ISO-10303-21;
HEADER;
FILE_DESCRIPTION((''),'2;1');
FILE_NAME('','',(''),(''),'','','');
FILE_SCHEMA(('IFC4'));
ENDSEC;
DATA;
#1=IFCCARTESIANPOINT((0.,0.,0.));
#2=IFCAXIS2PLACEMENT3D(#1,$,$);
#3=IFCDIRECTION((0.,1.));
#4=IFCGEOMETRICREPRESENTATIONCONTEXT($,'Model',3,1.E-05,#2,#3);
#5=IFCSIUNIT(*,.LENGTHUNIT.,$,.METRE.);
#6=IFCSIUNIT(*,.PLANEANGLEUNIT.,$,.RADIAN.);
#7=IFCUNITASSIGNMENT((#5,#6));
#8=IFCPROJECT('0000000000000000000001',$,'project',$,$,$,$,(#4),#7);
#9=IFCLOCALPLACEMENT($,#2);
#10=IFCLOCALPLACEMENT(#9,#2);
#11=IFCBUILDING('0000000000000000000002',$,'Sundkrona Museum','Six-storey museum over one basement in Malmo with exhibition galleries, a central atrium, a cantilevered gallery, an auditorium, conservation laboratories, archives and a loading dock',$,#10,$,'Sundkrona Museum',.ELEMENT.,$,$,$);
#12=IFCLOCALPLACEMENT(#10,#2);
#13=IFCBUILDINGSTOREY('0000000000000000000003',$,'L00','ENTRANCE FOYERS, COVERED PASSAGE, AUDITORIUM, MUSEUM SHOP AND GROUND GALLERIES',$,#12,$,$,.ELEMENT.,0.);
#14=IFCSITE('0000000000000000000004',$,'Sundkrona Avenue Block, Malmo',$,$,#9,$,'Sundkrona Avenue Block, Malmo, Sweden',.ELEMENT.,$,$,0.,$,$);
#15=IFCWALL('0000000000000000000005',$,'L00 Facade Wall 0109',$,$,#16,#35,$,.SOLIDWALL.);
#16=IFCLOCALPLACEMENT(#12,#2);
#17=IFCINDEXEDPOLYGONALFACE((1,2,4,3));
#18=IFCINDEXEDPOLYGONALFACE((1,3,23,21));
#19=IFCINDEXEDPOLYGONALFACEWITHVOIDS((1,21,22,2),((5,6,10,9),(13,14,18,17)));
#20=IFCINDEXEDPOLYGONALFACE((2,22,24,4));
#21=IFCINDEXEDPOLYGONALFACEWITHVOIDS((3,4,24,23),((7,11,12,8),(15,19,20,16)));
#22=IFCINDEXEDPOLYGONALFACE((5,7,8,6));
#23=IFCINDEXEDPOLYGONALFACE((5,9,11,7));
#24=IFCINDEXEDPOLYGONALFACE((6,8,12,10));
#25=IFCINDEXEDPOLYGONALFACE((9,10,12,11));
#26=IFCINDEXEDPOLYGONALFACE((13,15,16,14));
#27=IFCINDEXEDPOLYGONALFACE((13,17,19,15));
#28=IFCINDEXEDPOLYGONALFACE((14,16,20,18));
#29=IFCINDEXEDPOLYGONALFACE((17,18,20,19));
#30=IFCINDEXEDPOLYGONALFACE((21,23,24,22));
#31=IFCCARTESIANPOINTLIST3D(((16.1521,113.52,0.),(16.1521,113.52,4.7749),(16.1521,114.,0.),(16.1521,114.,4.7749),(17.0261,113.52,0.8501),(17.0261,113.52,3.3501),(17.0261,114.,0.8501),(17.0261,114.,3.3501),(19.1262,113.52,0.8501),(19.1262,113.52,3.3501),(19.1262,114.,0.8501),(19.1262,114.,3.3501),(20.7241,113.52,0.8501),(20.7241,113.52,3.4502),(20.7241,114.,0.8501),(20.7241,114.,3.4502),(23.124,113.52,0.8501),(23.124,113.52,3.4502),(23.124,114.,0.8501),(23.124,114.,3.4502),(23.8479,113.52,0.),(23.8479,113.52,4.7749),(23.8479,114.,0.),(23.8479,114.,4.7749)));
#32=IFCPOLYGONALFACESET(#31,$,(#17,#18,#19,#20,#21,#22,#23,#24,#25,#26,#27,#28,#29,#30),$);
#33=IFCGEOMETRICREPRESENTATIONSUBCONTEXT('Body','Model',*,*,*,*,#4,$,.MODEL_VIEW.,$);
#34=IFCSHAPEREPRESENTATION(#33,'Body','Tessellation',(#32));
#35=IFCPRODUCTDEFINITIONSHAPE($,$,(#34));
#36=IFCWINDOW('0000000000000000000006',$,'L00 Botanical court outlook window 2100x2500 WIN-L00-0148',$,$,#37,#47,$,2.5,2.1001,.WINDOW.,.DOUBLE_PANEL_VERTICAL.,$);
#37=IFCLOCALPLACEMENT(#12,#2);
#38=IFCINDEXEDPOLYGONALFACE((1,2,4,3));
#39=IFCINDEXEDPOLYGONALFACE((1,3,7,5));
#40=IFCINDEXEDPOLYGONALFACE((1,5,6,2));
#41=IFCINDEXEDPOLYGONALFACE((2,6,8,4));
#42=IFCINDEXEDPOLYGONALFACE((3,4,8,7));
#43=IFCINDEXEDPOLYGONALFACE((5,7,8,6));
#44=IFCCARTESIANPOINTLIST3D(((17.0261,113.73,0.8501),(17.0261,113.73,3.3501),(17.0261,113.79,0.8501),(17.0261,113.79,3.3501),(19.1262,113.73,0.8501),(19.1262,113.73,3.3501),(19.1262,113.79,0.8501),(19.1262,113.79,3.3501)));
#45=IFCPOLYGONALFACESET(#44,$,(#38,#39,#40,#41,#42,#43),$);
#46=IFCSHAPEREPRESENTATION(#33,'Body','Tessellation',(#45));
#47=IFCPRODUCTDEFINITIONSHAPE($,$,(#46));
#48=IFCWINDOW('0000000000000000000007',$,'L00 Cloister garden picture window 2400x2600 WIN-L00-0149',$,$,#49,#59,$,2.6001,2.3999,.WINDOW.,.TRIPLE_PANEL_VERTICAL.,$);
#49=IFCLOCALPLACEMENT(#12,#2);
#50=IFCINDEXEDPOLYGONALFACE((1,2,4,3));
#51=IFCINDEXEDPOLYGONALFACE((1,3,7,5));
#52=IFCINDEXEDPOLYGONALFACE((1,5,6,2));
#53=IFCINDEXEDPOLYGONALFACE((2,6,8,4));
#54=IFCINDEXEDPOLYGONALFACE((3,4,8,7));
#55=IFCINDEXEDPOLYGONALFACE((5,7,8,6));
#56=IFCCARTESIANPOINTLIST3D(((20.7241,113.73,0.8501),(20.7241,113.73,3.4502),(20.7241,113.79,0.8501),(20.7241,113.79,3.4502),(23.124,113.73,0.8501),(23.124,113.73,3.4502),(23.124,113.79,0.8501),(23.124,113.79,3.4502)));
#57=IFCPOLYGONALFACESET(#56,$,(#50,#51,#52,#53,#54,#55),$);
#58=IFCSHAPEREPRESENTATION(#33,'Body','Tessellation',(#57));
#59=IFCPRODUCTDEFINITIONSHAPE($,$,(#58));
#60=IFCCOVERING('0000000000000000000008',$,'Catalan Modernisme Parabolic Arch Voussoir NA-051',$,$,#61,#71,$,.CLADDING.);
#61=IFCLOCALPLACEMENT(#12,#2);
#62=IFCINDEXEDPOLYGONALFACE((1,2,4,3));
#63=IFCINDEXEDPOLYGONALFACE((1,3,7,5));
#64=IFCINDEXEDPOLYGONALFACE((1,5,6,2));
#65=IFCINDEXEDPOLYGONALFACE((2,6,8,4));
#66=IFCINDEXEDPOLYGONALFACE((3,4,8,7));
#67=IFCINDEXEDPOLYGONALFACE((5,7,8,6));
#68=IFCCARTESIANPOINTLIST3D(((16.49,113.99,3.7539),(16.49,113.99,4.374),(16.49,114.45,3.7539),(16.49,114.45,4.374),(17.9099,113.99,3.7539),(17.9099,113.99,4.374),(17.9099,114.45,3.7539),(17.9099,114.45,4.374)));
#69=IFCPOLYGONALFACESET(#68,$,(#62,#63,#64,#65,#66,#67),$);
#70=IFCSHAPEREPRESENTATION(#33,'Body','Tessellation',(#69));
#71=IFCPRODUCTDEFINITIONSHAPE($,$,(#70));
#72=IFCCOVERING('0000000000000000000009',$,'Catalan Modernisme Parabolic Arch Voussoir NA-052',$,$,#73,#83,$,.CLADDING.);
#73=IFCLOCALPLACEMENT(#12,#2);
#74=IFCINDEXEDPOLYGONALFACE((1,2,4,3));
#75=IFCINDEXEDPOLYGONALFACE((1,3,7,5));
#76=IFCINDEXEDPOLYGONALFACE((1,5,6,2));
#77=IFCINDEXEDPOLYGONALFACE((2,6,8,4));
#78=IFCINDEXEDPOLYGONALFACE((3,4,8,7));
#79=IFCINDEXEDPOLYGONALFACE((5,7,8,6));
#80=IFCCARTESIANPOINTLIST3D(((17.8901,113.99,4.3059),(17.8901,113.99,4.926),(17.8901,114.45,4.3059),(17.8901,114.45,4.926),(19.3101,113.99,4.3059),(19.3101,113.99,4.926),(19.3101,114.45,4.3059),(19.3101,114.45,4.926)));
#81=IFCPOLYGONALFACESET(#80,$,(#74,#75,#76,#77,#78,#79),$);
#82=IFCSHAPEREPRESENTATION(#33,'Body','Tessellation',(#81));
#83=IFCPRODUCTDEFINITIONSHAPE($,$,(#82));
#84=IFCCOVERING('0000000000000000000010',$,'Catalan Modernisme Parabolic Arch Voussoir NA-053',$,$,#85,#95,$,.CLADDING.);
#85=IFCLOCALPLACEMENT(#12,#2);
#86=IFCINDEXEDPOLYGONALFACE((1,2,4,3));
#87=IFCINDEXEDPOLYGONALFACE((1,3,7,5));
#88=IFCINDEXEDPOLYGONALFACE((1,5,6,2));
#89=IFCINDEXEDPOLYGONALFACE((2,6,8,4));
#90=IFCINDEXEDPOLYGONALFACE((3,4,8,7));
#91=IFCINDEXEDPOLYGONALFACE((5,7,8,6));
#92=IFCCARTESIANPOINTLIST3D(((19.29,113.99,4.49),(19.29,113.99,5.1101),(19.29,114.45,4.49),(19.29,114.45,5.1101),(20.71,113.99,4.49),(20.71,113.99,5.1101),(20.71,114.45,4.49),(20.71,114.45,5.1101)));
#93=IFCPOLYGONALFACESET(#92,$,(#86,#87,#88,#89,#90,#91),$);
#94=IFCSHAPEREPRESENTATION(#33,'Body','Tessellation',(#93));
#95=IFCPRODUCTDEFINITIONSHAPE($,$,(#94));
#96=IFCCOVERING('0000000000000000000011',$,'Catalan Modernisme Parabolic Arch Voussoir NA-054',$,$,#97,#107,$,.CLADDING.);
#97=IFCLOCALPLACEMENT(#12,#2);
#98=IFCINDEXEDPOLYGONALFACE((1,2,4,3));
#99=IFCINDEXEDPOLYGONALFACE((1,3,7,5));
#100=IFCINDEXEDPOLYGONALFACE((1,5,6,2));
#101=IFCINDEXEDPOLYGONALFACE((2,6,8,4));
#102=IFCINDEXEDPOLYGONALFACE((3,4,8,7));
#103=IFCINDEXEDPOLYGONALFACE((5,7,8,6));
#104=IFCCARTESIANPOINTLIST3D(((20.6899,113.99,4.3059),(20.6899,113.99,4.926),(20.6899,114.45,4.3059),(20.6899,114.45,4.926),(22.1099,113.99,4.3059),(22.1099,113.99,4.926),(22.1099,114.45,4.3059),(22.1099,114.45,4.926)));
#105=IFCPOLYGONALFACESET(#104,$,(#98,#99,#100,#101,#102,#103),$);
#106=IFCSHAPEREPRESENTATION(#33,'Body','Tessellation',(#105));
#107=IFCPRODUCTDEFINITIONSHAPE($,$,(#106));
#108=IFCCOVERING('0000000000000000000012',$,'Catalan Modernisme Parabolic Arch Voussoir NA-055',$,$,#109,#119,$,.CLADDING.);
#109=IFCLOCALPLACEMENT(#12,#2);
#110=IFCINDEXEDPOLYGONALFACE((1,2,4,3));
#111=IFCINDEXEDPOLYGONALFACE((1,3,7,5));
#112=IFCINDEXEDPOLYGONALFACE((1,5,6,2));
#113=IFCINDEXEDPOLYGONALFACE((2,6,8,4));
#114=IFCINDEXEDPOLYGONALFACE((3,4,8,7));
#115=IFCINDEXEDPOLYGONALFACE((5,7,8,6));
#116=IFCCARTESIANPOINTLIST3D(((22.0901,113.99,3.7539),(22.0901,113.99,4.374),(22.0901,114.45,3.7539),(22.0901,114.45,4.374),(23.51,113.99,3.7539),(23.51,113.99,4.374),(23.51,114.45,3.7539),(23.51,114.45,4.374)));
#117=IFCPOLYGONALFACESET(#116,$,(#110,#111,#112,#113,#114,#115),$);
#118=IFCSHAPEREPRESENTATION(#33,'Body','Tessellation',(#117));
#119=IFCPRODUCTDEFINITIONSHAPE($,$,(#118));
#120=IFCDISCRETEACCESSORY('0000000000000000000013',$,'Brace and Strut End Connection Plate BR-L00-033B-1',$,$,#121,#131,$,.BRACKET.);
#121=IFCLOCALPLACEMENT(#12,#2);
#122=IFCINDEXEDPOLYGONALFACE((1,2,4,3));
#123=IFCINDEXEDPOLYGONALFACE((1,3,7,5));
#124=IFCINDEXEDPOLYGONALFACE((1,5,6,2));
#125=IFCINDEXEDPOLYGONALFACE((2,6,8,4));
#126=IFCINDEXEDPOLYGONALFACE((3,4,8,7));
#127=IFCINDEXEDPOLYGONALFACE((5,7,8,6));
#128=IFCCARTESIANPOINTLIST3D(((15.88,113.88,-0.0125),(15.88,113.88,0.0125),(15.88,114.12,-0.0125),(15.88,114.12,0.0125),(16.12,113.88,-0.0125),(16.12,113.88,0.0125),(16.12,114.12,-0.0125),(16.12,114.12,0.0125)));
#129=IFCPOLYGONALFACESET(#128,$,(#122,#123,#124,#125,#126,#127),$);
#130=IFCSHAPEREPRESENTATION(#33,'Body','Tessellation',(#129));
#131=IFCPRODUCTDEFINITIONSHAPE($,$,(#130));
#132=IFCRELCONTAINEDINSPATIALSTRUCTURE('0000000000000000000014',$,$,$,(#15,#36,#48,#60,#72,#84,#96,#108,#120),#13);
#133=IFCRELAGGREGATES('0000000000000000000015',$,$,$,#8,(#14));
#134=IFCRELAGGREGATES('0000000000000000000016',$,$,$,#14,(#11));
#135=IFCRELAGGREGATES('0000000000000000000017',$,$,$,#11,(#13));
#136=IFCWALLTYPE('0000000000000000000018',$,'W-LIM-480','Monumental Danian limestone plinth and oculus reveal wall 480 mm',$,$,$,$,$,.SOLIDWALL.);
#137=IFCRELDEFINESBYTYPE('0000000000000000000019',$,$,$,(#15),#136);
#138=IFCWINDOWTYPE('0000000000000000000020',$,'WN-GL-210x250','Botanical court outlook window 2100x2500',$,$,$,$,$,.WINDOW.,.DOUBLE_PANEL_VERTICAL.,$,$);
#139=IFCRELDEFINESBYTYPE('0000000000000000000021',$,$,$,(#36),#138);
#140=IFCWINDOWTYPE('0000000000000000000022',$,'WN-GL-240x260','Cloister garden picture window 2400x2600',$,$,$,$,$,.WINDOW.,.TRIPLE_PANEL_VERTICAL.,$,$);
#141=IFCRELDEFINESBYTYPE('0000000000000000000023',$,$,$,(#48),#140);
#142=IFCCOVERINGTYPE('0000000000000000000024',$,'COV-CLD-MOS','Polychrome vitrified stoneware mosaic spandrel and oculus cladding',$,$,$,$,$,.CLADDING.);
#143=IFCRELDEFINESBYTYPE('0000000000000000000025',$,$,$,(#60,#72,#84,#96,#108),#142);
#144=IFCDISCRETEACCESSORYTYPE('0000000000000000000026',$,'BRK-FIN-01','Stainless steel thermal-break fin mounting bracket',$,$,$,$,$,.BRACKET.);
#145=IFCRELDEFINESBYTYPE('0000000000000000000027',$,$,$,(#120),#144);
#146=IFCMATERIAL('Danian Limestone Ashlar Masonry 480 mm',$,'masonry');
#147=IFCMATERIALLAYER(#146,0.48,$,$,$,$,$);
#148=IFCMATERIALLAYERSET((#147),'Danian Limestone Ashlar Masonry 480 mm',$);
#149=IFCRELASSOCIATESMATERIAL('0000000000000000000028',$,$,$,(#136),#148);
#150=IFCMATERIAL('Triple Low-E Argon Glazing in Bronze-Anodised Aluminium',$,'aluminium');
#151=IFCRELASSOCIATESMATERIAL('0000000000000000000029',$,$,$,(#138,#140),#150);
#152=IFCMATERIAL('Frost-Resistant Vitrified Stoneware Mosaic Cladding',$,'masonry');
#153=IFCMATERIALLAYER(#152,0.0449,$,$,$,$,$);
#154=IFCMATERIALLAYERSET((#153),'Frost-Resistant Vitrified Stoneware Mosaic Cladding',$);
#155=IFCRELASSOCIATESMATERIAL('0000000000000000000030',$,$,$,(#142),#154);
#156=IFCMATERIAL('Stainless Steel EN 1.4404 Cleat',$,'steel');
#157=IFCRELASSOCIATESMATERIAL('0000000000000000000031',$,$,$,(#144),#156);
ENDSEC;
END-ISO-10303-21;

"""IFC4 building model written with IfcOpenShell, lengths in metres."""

from ifc_helpers import new_model, si_unit, direction, frame, frame_2d, origin, origin_2d, place, context, subcontext, project, spatial, rectangle, extrude, material, layer, layer_set, type_object, element, fill, save


model = new_model("IFC4")

# Units and contexts
model_context = context("Model", 3, precision=1e-05, world=origin(), true_north=direction((0.0, 1.0)))
body_context = subcontext(model_context, "Body", "Model", "MODEL_VIEW")
ifc_project = project(units=[si_unit("LENGTHUNIT", "METRE"), si_unit("PLANEANGLEUNIT", "RADIAN")], contexts=[model_context])

# Site, building, storey
site_placement = place(None, origin())
site = spatial("IfcSite", under=ifc_project, at=site_placement, Name="Sundkrona Avenue Block, Malmo", LongName="Sundkrona Avenue Block, Malmo, Sweden", CompositionType="ELEMENT", RefElevation=0.0)
building_placement = place(site_placement, origin())
building = spatial("IfcBuilding", under=site, at=building_placement, Name="Sundkrona Museum", Description="Six-storey museum over one basement in Malmo with exhibition galleries, a central atrium, a cantilevered gallery, an auditorium, conservation laboratories, archives and a loading dock", LongName="Sundkrona Museum", CompositionType="ELEMENT")
storey_placement = place(building_placement, origin())
storey = spatial("IfcBuildingStorey", under=building, at=storey_placement, Name="L00", Description="ENTRANCE FOYERS, COVERED PASSAGE, AUDITORIUM, MUSEUM SHOP AND GROUND GALLERIES", CompositionType="ELEMENT", Elevation=0.0)

# Wall, openings, windows
ifc_material_1 = material(Name="Danian Limestone Ashlar Masonry 480 mm", Category="masonry")
ifc_layer_1 = layer(ifc_material_1, 0.48)
ifc_layer_set_1 = layer_set([ifc_layer_1], Name="Danian Limestone Ashlar Masonry 480 mm")
wall_type = type_object("IfcWallType", Name="W-LIM-480", Description="Monumental Danian limestone plinth and oculus reveal wall 480 mm", PredefinedType="SOLIDWALL", material=ifc_layer_set_1)
wall_placement = place(storey_placement, frame((16.1521, 113.76, 0.0), z_axis=(0.0, 0.0, 1.0), x_axis=(1.0, 0.0, 0.0)))
wall = element("IfcWall", 1, at=wall_placement, inside=storey, type_object=wall_type, Name="L00 Facade Wall 0109", PredefinedType="SOLIDWALL", context=body_context, shape_type="SweptSolid", body=[
    extrude(rectangle(XDim=7.6958, YDim=0.48, at=frame_2d((3.8479, 0.0))), origin(), (0.0, 0.0, 1.0), 4.7749),
])
opening_1_placement = place(wall_placement, frame((0.874, 0.0, 0.8501)))
opening_1 = element("IfcOpeningElement", 2, at=opening_1_placement, cuts=wall, PredefinedType="OPENING", context=body_context, shape_type="SweptSolid", body=[
    extrude(rectangle(XDim=2.1001, YDim=2.5, at=frame_2d((1.05, 1.25))), frame((0.0, 0.25, 0.0), z_axis=(0.0, -1.0, 0.0), x_axis=(1.0, 0.0, 0.0)), (0.0, 0.0, 1.0), 0.5),
])
opening_2_placement = place(wall_placement, frame((4.572, 0.0, 0.8501)))
opening_2 = element("IfcOpeningElement", 3, at=opening_2_placement, cuts=wall, PredefinedType="OPENING", context=body_context, shape_type="SweptSolid", body=[
    extrude(rectangle(XDim=2.3999, YDim=2.6001, at=frame_2d((1.2, 1.3))), frame((0.0, 0.25, 0.0), z_axis=(0.0, -1.0, 0.0), x_axis=(1.0, 0.0, 0.0)), (0.0, 0.0, 1.0), 0.5),
])
ifc_material_2 = material(Name="Triple Low-E Argon Glazing in Bronze-Anodised Aluminium", Category="aluminium")
window_type_1 = type_object("IfcWindowType", Name="WN-GL-210x250", Description="Botanical court outlook window 2100x2500", PartitioningType="DOUBLE_PANEL_VERTICAL", PredefinedType="WINDOW", material=ifc_material_2)
window_1_placement = place(opening_1_placement, origin())
window_1 = element("IfcWindow", 4, at=window_1_placement, inside=storey, type_object=window_type_1, Name="L00 Botanical court outlook window 2100x2500 WIN-L00-0148", OverallHeight=2.5, OverallWidth=2.1001, PartitioningType="DOUBLE_PANEL_VERTICAL", PredefinedType="WINDOW", context=body_context, shape_type="SweptSolid", body=[
    extrude(rectangle(XDim=2.1001, YDim=2.5, at=frame_2d((1.05, 1.25))), frame((0.0, 0.03, 0.0), z_axis=(0.0, -1.0, 0.0), x_axis=(1.0, 0.0, 0.0)), (0.0, 0.0, 1.0), 0.0601),
])
fill(opening_1, window_1)
window_type_2 = type_object("IfcWindowType", Name="WN-GL-240x260", Description="Cloister garden picture window 2400x2600", PartitioningType="TRIPLE_PANEL_VERTICAL", PredefinedType="WINDOW", material=ifc_material_2)
window_2_placement = place(opening_2_placement, origin())
window_2 = element("IfcWindow", 5, at=window_2_placement, inside=storey, type_object=window_type_2, Name="L00 Cloister garden picture window 2400x2600 WIN-L00-0149", OverallHeight=2.6001, OverallWidth=2.3999, PartitioningType="TRIPLE_PANEL_VERTICAL", PredefinedType="WINDOW", context=body_context, shape_type="SweptSolid", body=[
    extrude(rectangle(XDim=2.3999, YDim=2.6001, at=frame_2d((1.2, 1.3))), frame((0.0, 0.03, 0.0), z_axis=(0.0, -1.0, 0.0), x_axis=(1.0, 0.0, 0.0)), (0.0, 0.0, 1.0), 0.0601),
])
fill(opening_2, window_2)

# Coverings
ifc_material_3 = material(Name="Frost-Resistant Vitrified Stoneware Mosaic Cladding", Category="masonry")
ifc_layer_2 = layer(ifc_material_3, 0.0449)
ifc_layer_set_2 = layer_set([ifc_layer_2], Name="Frost-Resistant Vitrified Stoneware Mosaic Cladding")
covering_type = type_object("IfcCoveringType", Name="COV-CLD-MOS", Description="Polychrome vitrified stoneware mosaic spandrel and oculus cladding", PredefinedType="CLADDING", material=ifc_layer_set_2)
for number, where, z_axis, x_axis, name in (
    (6, (17.2, 114.22, 3.7539), (0.0, 0.0, 1.0), (1.0, 0.0, 0.0), "Catalan Modernisme Parabolic Arch Voussoir NA-051"),
    (7, (18.6001, 114.22, 4.3059), (0.0, 0.0, 1.0), (1.0, 0.0, 0.0), "Catalan Modernisme Parabolic Arch Voussoir NA-052"),
    (8, (20.0, 114.22, 4.49), (0.0, 0.0, 1.0), (1.0, 0.0, 0.0), "Catalan Modernisme Parabolic Arch Voussoir NA-053"),
    (9, (21.3999, 114.22, 4.3059), (0.0, 0.0, 1.0), (1.0, 0.0, 0.0), "Catalan Modernisme Parabolic Arch Voussoir NA-054"),
    (10, (22.8, 114.22, 3.7539), (0.0, 0.0, 1.0), (1.0, 0.0, 0.0), "Catalan Modernisme Parabolic Arch Voussoir NA-055"),
):
    element("IfcCovering", number, at=place(storey_placement, frame(where, z_axis=z_axis, x_axis=x_axis)), inside=storey, type_object=covering_type, Name=name, PredefinedType="CLADDING", context=body_context, shape_type="SweptSolid", body=[
        extrude(rectangle(XDim=1.4199, YDim=0.46, at=origin_2d()), origin(), (0.0, 0.0, 1.0), 0.6201),
    ])

# Discrete accessory
ifc_material_4 = material(Name="Stainless Steel EN 1.4404 Cleat", Category="steel")
discrete_accessory_type = type_object("IfcDiscreteAccessoryType", Name="BRK-FIN-01", Description="Stainless steel thermal-break fin mounting bracket", PredefinedType="BRACKET", material=ifc_material_4)
discrete_accessory_placement = place(storey_placement, frame((16.0, 114.0, -0.0125), z_axis=(0.0, 0.0, 1.0), x_axis=(1.0, 0.0, 0.0)))
element("IfcDiscreteAccessory", 11, at=discrete_accessory_placement, inside=storey, type_object=discrete_accessory_type, Name="Brace and Strut End Connection Plate BR-L00-033B-1", PredefinedType="BRACKET", context=body_context, shape_type="SweptSolid", body=[
    extrude(rectangle(XDim=0.24, YDim=0.24, at=origin_2d()), origin(), (0.0, 0.0, 1.0), 0.0249),
])

save(model, "model.ifc")
